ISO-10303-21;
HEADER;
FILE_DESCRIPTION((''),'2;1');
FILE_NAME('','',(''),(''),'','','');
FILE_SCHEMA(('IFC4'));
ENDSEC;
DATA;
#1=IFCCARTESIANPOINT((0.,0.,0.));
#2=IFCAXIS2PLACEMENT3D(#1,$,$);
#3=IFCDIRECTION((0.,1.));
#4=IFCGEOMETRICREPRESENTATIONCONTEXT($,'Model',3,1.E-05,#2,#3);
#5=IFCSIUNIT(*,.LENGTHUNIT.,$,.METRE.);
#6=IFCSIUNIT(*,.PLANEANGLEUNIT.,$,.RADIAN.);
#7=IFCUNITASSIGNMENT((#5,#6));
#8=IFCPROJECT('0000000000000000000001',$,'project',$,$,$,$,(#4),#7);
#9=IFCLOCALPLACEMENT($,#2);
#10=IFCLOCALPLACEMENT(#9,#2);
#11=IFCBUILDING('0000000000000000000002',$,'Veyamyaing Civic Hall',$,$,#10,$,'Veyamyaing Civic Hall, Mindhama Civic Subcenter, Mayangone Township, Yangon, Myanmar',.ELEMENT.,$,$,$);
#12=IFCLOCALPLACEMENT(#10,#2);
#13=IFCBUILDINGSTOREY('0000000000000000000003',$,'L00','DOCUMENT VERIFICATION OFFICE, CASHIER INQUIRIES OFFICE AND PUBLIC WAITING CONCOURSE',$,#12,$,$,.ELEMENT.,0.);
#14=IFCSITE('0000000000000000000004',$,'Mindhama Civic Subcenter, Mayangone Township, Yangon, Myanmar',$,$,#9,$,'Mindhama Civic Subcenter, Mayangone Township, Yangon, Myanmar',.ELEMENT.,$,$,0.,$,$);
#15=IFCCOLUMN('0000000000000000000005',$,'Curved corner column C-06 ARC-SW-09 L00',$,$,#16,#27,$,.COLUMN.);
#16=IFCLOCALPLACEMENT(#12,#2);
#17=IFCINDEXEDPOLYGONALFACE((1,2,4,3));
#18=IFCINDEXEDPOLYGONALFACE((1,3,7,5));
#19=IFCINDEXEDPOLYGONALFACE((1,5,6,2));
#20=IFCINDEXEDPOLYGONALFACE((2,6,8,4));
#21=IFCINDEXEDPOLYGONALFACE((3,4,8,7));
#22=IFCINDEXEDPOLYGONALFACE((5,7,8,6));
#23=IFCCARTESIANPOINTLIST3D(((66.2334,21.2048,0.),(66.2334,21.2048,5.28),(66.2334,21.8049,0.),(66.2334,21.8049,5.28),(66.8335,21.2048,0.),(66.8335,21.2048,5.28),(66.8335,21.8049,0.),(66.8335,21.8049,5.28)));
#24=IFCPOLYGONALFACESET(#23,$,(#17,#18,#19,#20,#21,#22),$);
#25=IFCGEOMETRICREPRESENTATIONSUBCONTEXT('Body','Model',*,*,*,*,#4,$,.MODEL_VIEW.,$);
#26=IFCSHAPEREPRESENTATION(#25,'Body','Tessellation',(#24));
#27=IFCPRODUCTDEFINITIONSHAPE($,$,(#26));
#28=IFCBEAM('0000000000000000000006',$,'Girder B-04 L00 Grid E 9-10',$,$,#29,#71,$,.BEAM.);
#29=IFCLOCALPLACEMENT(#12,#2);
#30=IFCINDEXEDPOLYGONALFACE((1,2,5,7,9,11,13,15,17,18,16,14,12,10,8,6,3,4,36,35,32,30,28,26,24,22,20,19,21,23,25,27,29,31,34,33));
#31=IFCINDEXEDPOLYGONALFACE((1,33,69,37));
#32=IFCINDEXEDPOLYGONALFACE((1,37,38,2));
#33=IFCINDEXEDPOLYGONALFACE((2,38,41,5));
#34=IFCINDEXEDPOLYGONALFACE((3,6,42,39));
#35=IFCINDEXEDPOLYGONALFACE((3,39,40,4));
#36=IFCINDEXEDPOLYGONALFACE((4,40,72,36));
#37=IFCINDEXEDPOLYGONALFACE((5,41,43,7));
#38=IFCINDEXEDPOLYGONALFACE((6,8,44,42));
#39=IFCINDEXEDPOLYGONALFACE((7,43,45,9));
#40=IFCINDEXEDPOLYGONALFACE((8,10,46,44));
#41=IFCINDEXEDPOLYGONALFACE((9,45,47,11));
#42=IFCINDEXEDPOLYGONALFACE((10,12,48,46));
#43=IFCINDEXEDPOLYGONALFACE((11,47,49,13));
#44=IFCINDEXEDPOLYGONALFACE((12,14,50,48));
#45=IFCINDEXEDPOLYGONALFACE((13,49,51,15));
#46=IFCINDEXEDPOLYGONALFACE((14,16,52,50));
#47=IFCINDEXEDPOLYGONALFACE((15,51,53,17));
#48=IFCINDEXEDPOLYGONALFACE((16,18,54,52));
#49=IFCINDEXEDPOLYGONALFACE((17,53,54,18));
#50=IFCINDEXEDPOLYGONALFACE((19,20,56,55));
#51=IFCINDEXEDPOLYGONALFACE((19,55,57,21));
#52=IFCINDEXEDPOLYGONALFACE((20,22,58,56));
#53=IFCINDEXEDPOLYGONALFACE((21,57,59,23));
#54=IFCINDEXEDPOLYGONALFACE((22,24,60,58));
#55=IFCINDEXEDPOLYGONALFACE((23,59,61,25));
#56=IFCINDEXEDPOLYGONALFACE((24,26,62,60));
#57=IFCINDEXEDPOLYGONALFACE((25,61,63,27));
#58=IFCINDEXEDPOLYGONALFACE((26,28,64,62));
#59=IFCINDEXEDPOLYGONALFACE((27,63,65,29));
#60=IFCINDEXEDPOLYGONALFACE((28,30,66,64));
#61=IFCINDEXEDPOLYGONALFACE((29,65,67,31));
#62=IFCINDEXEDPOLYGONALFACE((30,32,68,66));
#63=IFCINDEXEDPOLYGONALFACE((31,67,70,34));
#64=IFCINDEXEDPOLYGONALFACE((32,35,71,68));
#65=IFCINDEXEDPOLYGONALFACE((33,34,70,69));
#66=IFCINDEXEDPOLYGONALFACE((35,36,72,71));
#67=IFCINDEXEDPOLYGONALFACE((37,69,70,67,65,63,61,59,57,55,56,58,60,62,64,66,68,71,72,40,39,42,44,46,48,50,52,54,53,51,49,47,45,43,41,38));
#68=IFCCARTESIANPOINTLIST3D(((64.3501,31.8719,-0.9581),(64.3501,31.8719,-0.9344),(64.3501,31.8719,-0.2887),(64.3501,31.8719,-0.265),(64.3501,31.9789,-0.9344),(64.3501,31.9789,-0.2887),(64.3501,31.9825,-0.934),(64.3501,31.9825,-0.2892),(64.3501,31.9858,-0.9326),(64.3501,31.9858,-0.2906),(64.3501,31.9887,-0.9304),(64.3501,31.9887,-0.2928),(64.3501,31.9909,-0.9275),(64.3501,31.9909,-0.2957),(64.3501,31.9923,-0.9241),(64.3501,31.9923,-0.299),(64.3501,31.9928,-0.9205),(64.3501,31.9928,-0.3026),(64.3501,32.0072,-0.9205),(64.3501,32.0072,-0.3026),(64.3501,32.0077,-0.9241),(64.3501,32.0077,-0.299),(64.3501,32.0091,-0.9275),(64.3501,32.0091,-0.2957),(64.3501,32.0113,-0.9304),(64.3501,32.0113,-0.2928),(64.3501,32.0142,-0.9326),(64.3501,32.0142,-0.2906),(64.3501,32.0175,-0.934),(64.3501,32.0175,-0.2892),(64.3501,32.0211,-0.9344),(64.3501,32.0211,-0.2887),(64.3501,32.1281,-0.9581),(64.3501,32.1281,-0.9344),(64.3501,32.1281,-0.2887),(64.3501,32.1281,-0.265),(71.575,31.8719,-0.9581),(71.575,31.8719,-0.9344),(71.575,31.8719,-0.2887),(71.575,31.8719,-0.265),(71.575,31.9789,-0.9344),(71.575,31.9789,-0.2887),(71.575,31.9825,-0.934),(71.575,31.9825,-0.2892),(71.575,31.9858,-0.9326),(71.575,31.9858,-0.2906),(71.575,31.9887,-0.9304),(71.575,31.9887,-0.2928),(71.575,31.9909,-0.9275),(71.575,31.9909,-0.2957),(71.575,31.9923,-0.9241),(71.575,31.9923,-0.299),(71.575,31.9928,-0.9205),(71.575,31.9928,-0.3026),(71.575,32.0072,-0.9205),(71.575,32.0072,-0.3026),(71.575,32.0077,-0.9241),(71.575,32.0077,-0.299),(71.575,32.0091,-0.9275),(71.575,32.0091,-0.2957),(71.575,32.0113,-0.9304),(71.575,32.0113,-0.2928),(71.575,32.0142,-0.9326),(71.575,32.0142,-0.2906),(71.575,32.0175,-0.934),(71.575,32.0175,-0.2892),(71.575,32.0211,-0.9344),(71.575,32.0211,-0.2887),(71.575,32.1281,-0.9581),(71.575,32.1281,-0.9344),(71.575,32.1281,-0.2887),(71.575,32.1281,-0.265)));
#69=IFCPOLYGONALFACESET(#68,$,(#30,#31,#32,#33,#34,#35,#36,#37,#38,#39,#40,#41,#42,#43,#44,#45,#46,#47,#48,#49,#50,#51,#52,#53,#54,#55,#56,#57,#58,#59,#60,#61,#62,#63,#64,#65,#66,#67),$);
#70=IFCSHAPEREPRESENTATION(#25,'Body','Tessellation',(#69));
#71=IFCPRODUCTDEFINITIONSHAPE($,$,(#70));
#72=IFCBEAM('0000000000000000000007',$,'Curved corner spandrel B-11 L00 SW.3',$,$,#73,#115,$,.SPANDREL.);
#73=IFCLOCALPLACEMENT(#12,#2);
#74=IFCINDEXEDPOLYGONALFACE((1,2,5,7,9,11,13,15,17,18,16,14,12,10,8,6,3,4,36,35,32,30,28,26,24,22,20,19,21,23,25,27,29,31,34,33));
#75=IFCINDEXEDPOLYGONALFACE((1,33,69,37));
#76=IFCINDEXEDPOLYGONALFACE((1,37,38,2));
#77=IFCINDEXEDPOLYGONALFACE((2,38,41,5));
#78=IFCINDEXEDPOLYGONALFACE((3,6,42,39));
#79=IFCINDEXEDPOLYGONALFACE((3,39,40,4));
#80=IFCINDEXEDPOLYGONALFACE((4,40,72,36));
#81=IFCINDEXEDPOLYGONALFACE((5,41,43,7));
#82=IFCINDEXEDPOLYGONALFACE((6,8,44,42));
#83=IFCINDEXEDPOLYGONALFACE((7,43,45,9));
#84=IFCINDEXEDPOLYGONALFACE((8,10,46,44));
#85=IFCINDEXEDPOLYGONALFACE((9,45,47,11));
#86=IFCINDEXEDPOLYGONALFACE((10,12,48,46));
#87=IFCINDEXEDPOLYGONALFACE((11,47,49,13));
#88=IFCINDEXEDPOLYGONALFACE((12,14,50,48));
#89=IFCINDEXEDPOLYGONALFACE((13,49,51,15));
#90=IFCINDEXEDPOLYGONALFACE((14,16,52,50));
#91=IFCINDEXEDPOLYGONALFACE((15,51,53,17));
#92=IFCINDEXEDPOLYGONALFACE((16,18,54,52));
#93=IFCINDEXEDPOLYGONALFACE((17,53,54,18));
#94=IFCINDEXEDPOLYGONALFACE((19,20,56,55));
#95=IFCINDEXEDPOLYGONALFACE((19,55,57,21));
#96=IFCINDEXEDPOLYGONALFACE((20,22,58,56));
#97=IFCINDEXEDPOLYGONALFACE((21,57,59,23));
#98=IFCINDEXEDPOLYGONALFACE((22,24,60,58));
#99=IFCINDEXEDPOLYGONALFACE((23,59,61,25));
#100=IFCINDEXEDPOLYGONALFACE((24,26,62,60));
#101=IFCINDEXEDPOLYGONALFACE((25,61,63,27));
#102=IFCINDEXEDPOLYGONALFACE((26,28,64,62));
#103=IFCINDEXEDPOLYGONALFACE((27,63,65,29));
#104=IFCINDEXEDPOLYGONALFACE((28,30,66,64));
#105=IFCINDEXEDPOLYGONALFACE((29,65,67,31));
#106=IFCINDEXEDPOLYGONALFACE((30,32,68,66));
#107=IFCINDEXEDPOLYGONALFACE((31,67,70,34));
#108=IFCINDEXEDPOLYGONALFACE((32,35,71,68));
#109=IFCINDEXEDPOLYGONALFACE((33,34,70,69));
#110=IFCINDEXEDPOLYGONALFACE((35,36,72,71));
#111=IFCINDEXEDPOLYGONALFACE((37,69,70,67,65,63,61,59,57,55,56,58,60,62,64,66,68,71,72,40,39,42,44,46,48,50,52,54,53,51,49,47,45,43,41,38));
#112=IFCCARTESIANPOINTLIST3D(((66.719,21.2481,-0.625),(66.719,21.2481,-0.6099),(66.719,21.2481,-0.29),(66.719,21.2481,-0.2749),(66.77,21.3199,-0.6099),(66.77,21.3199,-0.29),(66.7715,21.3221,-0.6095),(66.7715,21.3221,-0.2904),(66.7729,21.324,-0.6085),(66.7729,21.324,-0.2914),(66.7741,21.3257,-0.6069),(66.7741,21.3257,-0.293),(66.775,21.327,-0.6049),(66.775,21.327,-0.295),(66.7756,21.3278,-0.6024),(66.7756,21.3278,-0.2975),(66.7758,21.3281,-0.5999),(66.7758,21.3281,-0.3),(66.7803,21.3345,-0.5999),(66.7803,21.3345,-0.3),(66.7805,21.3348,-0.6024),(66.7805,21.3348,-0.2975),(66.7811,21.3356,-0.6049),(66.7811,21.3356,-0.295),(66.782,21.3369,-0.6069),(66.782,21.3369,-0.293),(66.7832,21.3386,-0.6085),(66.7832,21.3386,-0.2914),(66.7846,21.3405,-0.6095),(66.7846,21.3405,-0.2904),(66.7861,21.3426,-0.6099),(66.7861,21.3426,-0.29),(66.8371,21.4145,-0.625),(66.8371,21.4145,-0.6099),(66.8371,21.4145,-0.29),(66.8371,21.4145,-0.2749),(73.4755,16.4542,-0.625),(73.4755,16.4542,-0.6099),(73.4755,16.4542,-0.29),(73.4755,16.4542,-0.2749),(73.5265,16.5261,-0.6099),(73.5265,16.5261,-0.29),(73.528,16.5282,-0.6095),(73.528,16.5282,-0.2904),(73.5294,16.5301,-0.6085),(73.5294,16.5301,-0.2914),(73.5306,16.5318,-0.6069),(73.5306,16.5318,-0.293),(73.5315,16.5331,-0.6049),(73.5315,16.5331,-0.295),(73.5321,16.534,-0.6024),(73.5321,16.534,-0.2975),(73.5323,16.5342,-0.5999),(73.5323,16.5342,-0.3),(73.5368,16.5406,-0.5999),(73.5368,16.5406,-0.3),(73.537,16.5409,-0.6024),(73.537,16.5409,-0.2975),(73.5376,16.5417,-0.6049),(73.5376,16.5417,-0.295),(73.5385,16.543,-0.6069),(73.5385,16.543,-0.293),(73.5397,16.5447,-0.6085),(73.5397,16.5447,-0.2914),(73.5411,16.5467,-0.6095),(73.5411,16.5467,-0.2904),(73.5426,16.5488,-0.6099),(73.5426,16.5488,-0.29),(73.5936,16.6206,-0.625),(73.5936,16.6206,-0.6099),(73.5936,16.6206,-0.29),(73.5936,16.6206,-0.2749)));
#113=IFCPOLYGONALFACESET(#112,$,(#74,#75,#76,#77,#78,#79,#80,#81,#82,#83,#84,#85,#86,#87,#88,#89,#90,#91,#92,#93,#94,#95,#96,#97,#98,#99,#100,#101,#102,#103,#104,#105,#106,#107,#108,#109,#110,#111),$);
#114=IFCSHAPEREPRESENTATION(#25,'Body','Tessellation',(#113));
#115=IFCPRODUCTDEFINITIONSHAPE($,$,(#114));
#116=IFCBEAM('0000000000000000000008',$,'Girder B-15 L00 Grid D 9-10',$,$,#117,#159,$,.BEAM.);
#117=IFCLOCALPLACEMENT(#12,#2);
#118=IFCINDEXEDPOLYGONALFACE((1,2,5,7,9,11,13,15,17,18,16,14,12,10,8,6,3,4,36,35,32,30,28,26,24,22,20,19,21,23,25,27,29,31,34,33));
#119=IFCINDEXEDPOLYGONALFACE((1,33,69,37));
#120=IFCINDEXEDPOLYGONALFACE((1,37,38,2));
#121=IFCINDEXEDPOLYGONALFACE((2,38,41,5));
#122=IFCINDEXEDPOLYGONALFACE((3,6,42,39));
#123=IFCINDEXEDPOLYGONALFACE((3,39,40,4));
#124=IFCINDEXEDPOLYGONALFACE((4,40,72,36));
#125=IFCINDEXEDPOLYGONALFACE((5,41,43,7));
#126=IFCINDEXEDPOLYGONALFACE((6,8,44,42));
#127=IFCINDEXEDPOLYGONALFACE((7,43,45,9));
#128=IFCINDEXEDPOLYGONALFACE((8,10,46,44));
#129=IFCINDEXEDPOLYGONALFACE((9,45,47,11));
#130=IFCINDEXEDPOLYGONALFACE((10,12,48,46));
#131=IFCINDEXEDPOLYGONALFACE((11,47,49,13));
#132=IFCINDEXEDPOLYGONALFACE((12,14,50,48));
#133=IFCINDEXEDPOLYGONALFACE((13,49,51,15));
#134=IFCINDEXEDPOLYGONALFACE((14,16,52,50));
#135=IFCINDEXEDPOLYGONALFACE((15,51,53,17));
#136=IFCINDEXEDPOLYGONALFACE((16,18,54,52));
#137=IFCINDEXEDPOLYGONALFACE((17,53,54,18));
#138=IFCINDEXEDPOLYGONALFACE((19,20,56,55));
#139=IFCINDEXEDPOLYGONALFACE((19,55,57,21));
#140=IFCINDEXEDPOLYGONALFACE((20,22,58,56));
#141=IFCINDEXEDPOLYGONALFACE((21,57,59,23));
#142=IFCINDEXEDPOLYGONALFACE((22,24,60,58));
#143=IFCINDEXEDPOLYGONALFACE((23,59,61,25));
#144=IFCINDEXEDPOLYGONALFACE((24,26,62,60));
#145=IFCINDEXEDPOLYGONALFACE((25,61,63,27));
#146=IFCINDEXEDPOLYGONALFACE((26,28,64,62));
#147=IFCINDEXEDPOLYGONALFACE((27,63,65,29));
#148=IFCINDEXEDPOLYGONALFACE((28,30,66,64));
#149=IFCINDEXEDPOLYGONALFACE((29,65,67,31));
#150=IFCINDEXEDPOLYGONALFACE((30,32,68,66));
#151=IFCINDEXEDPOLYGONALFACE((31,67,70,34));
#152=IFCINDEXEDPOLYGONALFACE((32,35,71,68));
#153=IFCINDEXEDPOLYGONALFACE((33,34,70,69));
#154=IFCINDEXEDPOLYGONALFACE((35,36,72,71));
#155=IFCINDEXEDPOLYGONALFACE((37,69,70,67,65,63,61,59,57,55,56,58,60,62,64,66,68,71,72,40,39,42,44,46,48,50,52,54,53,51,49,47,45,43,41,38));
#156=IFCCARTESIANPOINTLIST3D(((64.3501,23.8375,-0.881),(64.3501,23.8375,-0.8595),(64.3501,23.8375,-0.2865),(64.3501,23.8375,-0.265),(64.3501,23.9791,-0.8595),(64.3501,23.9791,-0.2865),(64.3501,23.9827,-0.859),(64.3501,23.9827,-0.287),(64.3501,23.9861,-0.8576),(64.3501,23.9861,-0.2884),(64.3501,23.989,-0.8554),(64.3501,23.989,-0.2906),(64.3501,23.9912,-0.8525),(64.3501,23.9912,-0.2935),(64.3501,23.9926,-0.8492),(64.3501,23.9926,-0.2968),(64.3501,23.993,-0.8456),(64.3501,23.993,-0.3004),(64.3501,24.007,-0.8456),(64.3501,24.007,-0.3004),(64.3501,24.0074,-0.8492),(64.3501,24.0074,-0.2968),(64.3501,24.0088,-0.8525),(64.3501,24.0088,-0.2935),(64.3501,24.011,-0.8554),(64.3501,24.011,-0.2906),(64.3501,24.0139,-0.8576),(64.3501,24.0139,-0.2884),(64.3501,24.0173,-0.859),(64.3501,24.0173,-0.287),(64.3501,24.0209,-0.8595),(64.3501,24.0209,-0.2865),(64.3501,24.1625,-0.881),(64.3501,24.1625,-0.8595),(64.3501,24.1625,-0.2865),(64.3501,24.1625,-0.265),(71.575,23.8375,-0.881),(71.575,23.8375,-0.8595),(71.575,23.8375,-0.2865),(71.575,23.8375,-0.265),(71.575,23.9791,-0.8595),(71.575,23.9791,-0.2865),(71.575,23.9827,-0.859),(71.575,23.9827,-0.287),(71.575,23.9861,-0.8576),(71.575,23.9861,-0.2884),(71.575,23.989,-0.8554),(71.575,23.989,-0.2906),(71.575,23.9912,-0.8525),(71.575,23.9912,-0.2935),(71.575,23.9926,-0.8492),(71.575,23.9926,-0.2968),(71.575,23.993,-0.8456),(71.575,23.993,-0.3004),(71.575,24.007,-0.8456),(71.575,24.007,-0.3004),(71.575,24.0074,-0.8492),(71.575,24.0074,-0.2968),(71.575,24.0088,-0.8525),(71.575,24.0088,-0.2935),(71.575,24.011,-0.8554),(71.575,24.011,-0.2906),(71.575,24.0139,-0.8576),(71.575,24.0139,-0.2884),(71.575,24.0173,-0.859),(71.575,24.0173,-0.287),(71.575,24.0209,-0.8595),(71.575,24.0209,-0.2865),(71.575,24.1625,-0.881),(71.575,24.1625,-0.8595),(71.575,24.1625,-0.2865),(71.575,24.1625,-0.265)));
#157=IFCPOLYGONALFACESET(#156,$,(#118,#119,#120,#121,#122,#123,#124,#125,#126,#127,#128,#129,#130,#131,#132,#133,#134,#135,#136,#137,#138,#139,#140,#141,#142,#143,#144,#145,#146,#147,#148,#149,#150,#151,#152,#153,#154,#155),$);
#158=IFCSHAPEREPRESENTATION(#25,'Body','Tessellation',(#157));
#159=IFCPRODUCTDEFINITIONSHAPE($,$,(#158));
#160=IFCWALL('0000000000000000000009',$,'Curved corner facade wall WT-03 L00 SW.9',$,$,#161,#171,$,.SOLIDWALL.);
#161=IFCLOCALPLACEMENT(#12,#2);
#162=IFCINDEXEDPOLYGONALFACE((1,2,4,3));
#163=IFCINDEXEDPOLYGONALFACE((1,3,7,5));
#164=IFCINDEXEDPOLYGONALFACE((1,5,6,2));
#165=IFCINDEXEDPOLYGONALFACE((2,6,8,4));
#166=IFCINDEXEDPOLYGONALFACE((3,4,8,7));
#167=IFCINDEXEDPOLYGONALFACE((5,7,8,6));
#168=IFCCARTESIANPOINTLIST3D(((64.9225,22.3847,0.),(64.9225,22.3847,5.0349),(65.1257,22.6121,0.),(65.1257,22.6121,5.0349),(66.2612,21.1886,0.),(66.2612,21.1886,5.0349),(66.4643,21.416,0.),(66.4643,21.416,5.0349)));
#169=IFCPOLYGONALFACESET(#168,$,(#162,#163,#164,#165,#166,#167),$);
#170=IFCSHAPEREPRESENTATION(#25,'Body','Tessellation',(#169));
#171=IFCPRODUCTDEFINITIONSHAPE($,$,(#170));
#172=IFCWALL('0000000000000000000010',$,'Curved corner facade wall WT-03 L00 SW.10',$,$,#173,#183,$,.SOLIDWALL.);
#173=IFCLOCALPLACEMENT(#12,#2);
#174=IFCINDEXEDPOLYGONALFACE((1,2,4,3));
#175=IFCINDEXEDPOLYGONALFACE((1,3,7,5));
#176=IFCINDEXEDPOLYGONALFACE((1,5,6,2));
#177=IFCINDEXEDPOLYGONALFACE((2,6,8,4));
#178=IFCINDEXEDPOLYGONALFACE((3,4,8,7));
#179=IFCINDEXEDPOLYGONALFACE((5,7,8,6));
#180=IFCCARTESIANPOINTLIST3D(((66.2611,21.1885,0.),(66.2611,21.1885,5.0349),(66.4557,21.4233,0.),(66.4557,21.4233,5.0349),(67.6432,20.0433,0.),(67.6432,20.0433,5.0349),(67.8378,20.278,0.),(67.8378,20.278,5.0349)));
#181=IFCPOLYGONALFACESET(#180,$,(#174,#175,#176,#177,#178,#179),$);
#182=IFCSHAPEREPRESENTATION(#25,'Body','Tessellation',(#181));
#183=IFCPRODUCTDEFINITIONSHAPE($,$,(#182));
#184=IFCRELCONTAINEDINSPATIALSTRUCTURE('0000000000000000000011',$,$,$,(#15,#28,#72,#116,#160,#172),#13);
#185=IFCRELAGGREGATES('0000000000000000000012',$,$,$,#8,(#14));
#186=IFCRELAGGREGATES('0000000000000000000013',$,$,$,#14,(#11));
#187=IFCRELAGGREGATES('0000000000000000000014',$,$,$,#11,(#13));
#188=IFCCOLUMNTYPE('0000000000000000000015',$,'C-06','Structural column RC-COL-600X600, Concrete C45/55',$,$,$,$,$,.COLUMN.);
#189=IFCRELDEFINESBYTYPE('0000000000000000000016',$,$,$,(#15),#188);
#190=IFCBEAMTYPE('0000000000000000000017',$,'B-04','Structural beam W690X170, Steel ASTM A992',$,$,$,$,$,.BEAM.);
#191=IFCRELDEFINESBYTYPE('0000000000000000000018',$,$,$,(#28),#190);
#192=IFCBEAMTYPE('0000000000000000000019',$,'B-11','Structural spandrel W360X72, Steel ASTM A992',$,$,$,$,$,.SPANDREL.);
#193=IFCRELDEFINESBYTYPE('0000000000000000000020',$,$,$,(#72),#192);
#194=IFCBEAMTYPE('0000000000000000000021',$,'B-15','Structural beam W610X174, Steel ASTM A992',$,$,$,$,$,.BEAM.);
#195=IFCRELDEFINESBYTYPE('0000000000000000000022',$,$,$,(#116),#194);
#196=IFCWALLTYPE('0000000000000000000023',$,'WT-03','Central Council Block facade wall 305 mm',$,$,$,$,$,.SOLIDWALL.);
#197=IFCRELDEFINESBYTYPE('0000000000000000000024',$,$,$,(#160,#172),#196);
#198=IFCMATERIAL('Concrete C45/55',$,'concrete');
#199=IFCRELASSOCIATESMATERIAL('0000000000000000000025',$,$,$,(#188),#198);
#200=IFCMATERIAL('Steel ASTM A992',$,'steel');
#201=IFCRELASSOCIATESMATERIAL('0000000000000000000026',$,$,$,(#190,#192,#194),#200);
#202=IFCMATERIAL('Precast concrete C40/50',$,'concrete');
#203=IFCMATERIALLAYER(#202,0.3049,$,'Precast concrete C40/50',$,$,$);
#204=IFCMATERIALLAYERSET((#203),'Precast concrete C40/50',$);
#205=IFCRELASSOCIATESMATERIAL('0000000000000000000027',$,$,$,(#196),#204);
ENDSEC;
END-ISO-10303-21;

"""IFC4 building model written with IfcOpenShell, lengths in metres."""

from ifc_helpers import new_model, si_unit, direction, frame, frame_2d, origin, origin_2d, place, context, subcontext, project, spatial, rectangle, i_section, extrude, material, layer, layer_set, material_profile, profile_set, type_object, element, save


model = new_model("IFC4")

# Units and contexts
model_context = context("Model", 3, precision=1e-05, world=origin(), true_north=direction((0.0, 1.0)))
body_context = subcontext(model_context, "Body", "Model", "MODEL_VIEW")
ifc_project = project(units=[si_unit("LENGTHUNIT", "METRE"), si_unit("PLANEANGLEUNIT", "RADIAN")], contexts=[model_context])

# Site, building, storey
site_placement = place(None, origin())
site = spatial("IfcSite", under=ifc_project, at=site_placement, Name="Mindhama Civic Subcenter, Mayangone Township, Yangon, Myanmar", LongName="Mindhama Civic Subcenter, Mayangone Township, Yangon, Myanmar", CompositionType="ELEMENT", RefElevation=0.0)
building_placement = place(site_placement, origin())
building = spatial("IfcBuilding", under=site, at=building_placement, Name="Veyamyaing Civic Hall", LongName="Veyamyaing Civic Hall, Mindhama Civic Subcenter, Mayangone Township, Yangon, Myanmar", CompositionType="ELEMENT")
storey_placement = place(building_placement, origin())
storey = spatial("IfcBuildingStorey", under=building, at=storey_placement, Name="L00", Description="DOCUMENT VERIFICATION OFFICE, CASHIER INQUIRIES OFFICE AND PUBLIC WAITING CONCOURSE", CompositionType="ELEMENT", Elevation=0.0)

# Column
ifc_material_1 = material(Name="Concrete C45/55", Category="concrete")
ifc_material_profile_1 = material_profile(ifc_material_1, rectangle(XDim=0.6001, YDim=0.6001, at=origin_2d()), Name="RC-COL-600X600")
ifc_profile_set_1 = profile_set([ifc_material_profile_1], Name="Concrete C45/55")
column_type = type_object("IfcColumnType", Name="C-06", Description="Structural column RC-COL-600X600, Concrete C45/55", PredefinedType="COLUMN", material=ifc_profile_set_1)
column_placement = place(storey_placement, frame((66.5334, 21.5049, 0.0), z_axis=(0.0, 0.0, 1.0), x_axis=(1.0, 0.0, 0.0)))
element("IfcColumn", 1, at=column_placement, inside=storey, type_object=column_type, Name="Curved corner column C-06 ARC-SW-09 L00", PredefinedType="COLUMN", context=body_context, shape_type="SweptSolid", body=[
    extrude(rectangle(XDim=0.6001, YDim=0.6001, at=origin_2d()), origin(), (0.0, 0.0, 1.0), 5.28),
])

# Beams
ifc_material_2 = material(Name="Steel ASTM A992", Category="steel")
ifc_material_profile_2 = material_profile(ifc_material_2, i_section(OverallWidth=0.2561, OverallDepth=0.6931, WebThickness=0.0144, FlangeThickness=0.0237, FilletRadius=0.0139, at=origin_2d()), Name="W690X170")
ifc_profile_set_2 = profile_set([ifc_material_profile_2], Name="Steel ASTM A992")
beam_type_1 = type_object("IfcBeamType", Name="B-04", Description="Structural beam W690X170, Steel ASTM A992", PredefinedType="BEAM", material=ifc_profile_set_2)
beam_1_placement = place(storey_placement, frame((64.3501, 32.0, -0.6116), z_axis=(1.0, 0.0, 0.0), x_axis=(0.0, 1.0, 0.0)))
element("IfcBeam", 2, at=beam_1_placement, inside=storey, type_object=beam_type_1, Name="Girder B-04 L00 Grid E 9-10", PredefinedType="BEAM", context=body_context, shape_type="SweptSolid", body=[
    extrude(i_section(OverallWidth=0.2561, OverallDepth=0.6931, WebThickness=0.0144, FlangeThickness=0.0237, FilletRadius=0.0139, at=origin_2d()), origin(), (0.0, 0.0, 1.0), 7.2249),
])
ifc_material_profile_3 = material_profile(ifc_material_2, i_section(OverallWidth=0.2041, OverallDepth=0.3501, WebThickness=0.0078, FlangeThickness=0.0151, FilletRadius=0.01, at=origin_2d()), Name="W360X72")
ifc_profile_set_3 = profile_set([ifc_material_profile_3], Name="Steel ASTM A992")
beam_type_2 = type_object("IfcBeamType", Name="B-11", Description="Structural spandrel W360X72, Steel ASTM A992", PredefinedType="SPANDREL", material=ifc_profile_set_3)
beam_2_placement = place(storey_placement, frame((66.7781, 21.3313, -0.45), z_axis=(0.815567, -0.578662, 0.0), x_axis=(0.578662, 0.815567, 0.0)))
element("IfcBeam", 3, at=beam_2_placement, inside=storey, type_object=beam_type_2, Name="Curved corner spandrel B-11 L00 SW.3", PredefinedType="SPANDREL", context=body_context, shape_type="SweptSolid", body=[
    extrude(i_section(OverallWidth=0.2041, OverallDepth=0.3501, WebThickness=0.0078, FlangeThickness=0.0151, FilletRadius=0.01, at=origin_2d()), origin(), (0.0, 0.0, 1.0), 8.2844),
])
ifc_material_profile_4 = material_profile(ifc_material_2, i_section(OverallWidth=0.325, OverallDepth=0.616, WebThickness=0.0139, FlangeThickness=0.0215, FilletRadius=0.0139, at=origin_2d()), Name="W610X174")
ifc_profile_set_4 = profile_set([ifc_material_profile_4], Name="Steel ASTM A992")
beam_type_3 = type_object("IfcBeamType", Name="B-15", Description="Structural beam W610X174, Steel ASTM A992", PredefinedType="BEAM", material=ifc_profile_set_4)
beam_3_placement = place(storey_placement, frame((64.3501, 24.0, -0.573), z_axis=(1.0, 0.0, 0.0), x_axis=(0.0, 1.0, 0.0)))
element("IfcBeam", 4, at=beam_3_placement, inside=storey, type_object=beam_type_3, Name="Girder B-15 L00 Grid D 9-10", PredefinedType="BEAM", context=body_context, shape_type="SweptSolid", body=[
    extrude(i_section(OverallWidth=0.325, OverallDepth=0.616, WebThickness=0.0139, FlangeThickness=0.0215, FilletRadius=0.0139, at=origin_2d()), origin(), (0.0, 0.0, 1.0), 7.2249),
])

# Walls
ifc_material_3 = material(Name="Precast concrete C40/50", Category="concrete")
ifc_layer_1 = layer(ifc_material_3, 0.3049, Name="Precast concrete C40/50")
ifc_layer_set_1 = layer_set([ifc_layer_1], Name="Precast concrete C40/50")
wall_type_1 = type_object("IfcWallType", Name="WT-03", Description="Central Council Block facade wall 305 mm", PredefinedType="SOLIDWALL", material=ifc_layer_set_1)
wall_1_placement = place(storey_placement, frame((65.0242, 22.4983, 0.0), z_axis=(0.0, 0.0, 1.0), x_axis=(0.745704, -0.666278, 0.0)))
element("IfcWall", 5, at=wall_1_placement, inside=storey, type_object=wall_type_1, Name="Curved corner facade wall WT-03 L00 SW.9", PredefinedType="SOLIDWALL", context=body_context, shape_type="SweptSolid", body=[
    extrude(rectangle(XDim=1.7952, YDim=0.3049, at=frame_2d((0.8975, 0.0))), origin(), (0.0, 0.0, 1.0), 5.0349),
])
wall_2_placement = place(storey_placement, frame((66.3584, 21.3059, 0.0), z_axis=(0.0, 0.0, 1.0), x_axis=(0.769991, -0.638055, 0.0)))
element("IfcWall", 6, at=wall_2_placement, inside=storey, type_object=wall_type_1, Name="Curved corner facade wall WT-03 L00 SW.10", PredefinedType="SOLIDWALL", context=body_context, shape_type="SweptSolid", body=[
    extrude(rectangle(XDim=1.7949, YDim=0.3049, at=frame_2d((0.8975, 0.0))), origin(), (0.0, 0.0, 1.0), 5.0349),
])

save(model, "model.ifc")
